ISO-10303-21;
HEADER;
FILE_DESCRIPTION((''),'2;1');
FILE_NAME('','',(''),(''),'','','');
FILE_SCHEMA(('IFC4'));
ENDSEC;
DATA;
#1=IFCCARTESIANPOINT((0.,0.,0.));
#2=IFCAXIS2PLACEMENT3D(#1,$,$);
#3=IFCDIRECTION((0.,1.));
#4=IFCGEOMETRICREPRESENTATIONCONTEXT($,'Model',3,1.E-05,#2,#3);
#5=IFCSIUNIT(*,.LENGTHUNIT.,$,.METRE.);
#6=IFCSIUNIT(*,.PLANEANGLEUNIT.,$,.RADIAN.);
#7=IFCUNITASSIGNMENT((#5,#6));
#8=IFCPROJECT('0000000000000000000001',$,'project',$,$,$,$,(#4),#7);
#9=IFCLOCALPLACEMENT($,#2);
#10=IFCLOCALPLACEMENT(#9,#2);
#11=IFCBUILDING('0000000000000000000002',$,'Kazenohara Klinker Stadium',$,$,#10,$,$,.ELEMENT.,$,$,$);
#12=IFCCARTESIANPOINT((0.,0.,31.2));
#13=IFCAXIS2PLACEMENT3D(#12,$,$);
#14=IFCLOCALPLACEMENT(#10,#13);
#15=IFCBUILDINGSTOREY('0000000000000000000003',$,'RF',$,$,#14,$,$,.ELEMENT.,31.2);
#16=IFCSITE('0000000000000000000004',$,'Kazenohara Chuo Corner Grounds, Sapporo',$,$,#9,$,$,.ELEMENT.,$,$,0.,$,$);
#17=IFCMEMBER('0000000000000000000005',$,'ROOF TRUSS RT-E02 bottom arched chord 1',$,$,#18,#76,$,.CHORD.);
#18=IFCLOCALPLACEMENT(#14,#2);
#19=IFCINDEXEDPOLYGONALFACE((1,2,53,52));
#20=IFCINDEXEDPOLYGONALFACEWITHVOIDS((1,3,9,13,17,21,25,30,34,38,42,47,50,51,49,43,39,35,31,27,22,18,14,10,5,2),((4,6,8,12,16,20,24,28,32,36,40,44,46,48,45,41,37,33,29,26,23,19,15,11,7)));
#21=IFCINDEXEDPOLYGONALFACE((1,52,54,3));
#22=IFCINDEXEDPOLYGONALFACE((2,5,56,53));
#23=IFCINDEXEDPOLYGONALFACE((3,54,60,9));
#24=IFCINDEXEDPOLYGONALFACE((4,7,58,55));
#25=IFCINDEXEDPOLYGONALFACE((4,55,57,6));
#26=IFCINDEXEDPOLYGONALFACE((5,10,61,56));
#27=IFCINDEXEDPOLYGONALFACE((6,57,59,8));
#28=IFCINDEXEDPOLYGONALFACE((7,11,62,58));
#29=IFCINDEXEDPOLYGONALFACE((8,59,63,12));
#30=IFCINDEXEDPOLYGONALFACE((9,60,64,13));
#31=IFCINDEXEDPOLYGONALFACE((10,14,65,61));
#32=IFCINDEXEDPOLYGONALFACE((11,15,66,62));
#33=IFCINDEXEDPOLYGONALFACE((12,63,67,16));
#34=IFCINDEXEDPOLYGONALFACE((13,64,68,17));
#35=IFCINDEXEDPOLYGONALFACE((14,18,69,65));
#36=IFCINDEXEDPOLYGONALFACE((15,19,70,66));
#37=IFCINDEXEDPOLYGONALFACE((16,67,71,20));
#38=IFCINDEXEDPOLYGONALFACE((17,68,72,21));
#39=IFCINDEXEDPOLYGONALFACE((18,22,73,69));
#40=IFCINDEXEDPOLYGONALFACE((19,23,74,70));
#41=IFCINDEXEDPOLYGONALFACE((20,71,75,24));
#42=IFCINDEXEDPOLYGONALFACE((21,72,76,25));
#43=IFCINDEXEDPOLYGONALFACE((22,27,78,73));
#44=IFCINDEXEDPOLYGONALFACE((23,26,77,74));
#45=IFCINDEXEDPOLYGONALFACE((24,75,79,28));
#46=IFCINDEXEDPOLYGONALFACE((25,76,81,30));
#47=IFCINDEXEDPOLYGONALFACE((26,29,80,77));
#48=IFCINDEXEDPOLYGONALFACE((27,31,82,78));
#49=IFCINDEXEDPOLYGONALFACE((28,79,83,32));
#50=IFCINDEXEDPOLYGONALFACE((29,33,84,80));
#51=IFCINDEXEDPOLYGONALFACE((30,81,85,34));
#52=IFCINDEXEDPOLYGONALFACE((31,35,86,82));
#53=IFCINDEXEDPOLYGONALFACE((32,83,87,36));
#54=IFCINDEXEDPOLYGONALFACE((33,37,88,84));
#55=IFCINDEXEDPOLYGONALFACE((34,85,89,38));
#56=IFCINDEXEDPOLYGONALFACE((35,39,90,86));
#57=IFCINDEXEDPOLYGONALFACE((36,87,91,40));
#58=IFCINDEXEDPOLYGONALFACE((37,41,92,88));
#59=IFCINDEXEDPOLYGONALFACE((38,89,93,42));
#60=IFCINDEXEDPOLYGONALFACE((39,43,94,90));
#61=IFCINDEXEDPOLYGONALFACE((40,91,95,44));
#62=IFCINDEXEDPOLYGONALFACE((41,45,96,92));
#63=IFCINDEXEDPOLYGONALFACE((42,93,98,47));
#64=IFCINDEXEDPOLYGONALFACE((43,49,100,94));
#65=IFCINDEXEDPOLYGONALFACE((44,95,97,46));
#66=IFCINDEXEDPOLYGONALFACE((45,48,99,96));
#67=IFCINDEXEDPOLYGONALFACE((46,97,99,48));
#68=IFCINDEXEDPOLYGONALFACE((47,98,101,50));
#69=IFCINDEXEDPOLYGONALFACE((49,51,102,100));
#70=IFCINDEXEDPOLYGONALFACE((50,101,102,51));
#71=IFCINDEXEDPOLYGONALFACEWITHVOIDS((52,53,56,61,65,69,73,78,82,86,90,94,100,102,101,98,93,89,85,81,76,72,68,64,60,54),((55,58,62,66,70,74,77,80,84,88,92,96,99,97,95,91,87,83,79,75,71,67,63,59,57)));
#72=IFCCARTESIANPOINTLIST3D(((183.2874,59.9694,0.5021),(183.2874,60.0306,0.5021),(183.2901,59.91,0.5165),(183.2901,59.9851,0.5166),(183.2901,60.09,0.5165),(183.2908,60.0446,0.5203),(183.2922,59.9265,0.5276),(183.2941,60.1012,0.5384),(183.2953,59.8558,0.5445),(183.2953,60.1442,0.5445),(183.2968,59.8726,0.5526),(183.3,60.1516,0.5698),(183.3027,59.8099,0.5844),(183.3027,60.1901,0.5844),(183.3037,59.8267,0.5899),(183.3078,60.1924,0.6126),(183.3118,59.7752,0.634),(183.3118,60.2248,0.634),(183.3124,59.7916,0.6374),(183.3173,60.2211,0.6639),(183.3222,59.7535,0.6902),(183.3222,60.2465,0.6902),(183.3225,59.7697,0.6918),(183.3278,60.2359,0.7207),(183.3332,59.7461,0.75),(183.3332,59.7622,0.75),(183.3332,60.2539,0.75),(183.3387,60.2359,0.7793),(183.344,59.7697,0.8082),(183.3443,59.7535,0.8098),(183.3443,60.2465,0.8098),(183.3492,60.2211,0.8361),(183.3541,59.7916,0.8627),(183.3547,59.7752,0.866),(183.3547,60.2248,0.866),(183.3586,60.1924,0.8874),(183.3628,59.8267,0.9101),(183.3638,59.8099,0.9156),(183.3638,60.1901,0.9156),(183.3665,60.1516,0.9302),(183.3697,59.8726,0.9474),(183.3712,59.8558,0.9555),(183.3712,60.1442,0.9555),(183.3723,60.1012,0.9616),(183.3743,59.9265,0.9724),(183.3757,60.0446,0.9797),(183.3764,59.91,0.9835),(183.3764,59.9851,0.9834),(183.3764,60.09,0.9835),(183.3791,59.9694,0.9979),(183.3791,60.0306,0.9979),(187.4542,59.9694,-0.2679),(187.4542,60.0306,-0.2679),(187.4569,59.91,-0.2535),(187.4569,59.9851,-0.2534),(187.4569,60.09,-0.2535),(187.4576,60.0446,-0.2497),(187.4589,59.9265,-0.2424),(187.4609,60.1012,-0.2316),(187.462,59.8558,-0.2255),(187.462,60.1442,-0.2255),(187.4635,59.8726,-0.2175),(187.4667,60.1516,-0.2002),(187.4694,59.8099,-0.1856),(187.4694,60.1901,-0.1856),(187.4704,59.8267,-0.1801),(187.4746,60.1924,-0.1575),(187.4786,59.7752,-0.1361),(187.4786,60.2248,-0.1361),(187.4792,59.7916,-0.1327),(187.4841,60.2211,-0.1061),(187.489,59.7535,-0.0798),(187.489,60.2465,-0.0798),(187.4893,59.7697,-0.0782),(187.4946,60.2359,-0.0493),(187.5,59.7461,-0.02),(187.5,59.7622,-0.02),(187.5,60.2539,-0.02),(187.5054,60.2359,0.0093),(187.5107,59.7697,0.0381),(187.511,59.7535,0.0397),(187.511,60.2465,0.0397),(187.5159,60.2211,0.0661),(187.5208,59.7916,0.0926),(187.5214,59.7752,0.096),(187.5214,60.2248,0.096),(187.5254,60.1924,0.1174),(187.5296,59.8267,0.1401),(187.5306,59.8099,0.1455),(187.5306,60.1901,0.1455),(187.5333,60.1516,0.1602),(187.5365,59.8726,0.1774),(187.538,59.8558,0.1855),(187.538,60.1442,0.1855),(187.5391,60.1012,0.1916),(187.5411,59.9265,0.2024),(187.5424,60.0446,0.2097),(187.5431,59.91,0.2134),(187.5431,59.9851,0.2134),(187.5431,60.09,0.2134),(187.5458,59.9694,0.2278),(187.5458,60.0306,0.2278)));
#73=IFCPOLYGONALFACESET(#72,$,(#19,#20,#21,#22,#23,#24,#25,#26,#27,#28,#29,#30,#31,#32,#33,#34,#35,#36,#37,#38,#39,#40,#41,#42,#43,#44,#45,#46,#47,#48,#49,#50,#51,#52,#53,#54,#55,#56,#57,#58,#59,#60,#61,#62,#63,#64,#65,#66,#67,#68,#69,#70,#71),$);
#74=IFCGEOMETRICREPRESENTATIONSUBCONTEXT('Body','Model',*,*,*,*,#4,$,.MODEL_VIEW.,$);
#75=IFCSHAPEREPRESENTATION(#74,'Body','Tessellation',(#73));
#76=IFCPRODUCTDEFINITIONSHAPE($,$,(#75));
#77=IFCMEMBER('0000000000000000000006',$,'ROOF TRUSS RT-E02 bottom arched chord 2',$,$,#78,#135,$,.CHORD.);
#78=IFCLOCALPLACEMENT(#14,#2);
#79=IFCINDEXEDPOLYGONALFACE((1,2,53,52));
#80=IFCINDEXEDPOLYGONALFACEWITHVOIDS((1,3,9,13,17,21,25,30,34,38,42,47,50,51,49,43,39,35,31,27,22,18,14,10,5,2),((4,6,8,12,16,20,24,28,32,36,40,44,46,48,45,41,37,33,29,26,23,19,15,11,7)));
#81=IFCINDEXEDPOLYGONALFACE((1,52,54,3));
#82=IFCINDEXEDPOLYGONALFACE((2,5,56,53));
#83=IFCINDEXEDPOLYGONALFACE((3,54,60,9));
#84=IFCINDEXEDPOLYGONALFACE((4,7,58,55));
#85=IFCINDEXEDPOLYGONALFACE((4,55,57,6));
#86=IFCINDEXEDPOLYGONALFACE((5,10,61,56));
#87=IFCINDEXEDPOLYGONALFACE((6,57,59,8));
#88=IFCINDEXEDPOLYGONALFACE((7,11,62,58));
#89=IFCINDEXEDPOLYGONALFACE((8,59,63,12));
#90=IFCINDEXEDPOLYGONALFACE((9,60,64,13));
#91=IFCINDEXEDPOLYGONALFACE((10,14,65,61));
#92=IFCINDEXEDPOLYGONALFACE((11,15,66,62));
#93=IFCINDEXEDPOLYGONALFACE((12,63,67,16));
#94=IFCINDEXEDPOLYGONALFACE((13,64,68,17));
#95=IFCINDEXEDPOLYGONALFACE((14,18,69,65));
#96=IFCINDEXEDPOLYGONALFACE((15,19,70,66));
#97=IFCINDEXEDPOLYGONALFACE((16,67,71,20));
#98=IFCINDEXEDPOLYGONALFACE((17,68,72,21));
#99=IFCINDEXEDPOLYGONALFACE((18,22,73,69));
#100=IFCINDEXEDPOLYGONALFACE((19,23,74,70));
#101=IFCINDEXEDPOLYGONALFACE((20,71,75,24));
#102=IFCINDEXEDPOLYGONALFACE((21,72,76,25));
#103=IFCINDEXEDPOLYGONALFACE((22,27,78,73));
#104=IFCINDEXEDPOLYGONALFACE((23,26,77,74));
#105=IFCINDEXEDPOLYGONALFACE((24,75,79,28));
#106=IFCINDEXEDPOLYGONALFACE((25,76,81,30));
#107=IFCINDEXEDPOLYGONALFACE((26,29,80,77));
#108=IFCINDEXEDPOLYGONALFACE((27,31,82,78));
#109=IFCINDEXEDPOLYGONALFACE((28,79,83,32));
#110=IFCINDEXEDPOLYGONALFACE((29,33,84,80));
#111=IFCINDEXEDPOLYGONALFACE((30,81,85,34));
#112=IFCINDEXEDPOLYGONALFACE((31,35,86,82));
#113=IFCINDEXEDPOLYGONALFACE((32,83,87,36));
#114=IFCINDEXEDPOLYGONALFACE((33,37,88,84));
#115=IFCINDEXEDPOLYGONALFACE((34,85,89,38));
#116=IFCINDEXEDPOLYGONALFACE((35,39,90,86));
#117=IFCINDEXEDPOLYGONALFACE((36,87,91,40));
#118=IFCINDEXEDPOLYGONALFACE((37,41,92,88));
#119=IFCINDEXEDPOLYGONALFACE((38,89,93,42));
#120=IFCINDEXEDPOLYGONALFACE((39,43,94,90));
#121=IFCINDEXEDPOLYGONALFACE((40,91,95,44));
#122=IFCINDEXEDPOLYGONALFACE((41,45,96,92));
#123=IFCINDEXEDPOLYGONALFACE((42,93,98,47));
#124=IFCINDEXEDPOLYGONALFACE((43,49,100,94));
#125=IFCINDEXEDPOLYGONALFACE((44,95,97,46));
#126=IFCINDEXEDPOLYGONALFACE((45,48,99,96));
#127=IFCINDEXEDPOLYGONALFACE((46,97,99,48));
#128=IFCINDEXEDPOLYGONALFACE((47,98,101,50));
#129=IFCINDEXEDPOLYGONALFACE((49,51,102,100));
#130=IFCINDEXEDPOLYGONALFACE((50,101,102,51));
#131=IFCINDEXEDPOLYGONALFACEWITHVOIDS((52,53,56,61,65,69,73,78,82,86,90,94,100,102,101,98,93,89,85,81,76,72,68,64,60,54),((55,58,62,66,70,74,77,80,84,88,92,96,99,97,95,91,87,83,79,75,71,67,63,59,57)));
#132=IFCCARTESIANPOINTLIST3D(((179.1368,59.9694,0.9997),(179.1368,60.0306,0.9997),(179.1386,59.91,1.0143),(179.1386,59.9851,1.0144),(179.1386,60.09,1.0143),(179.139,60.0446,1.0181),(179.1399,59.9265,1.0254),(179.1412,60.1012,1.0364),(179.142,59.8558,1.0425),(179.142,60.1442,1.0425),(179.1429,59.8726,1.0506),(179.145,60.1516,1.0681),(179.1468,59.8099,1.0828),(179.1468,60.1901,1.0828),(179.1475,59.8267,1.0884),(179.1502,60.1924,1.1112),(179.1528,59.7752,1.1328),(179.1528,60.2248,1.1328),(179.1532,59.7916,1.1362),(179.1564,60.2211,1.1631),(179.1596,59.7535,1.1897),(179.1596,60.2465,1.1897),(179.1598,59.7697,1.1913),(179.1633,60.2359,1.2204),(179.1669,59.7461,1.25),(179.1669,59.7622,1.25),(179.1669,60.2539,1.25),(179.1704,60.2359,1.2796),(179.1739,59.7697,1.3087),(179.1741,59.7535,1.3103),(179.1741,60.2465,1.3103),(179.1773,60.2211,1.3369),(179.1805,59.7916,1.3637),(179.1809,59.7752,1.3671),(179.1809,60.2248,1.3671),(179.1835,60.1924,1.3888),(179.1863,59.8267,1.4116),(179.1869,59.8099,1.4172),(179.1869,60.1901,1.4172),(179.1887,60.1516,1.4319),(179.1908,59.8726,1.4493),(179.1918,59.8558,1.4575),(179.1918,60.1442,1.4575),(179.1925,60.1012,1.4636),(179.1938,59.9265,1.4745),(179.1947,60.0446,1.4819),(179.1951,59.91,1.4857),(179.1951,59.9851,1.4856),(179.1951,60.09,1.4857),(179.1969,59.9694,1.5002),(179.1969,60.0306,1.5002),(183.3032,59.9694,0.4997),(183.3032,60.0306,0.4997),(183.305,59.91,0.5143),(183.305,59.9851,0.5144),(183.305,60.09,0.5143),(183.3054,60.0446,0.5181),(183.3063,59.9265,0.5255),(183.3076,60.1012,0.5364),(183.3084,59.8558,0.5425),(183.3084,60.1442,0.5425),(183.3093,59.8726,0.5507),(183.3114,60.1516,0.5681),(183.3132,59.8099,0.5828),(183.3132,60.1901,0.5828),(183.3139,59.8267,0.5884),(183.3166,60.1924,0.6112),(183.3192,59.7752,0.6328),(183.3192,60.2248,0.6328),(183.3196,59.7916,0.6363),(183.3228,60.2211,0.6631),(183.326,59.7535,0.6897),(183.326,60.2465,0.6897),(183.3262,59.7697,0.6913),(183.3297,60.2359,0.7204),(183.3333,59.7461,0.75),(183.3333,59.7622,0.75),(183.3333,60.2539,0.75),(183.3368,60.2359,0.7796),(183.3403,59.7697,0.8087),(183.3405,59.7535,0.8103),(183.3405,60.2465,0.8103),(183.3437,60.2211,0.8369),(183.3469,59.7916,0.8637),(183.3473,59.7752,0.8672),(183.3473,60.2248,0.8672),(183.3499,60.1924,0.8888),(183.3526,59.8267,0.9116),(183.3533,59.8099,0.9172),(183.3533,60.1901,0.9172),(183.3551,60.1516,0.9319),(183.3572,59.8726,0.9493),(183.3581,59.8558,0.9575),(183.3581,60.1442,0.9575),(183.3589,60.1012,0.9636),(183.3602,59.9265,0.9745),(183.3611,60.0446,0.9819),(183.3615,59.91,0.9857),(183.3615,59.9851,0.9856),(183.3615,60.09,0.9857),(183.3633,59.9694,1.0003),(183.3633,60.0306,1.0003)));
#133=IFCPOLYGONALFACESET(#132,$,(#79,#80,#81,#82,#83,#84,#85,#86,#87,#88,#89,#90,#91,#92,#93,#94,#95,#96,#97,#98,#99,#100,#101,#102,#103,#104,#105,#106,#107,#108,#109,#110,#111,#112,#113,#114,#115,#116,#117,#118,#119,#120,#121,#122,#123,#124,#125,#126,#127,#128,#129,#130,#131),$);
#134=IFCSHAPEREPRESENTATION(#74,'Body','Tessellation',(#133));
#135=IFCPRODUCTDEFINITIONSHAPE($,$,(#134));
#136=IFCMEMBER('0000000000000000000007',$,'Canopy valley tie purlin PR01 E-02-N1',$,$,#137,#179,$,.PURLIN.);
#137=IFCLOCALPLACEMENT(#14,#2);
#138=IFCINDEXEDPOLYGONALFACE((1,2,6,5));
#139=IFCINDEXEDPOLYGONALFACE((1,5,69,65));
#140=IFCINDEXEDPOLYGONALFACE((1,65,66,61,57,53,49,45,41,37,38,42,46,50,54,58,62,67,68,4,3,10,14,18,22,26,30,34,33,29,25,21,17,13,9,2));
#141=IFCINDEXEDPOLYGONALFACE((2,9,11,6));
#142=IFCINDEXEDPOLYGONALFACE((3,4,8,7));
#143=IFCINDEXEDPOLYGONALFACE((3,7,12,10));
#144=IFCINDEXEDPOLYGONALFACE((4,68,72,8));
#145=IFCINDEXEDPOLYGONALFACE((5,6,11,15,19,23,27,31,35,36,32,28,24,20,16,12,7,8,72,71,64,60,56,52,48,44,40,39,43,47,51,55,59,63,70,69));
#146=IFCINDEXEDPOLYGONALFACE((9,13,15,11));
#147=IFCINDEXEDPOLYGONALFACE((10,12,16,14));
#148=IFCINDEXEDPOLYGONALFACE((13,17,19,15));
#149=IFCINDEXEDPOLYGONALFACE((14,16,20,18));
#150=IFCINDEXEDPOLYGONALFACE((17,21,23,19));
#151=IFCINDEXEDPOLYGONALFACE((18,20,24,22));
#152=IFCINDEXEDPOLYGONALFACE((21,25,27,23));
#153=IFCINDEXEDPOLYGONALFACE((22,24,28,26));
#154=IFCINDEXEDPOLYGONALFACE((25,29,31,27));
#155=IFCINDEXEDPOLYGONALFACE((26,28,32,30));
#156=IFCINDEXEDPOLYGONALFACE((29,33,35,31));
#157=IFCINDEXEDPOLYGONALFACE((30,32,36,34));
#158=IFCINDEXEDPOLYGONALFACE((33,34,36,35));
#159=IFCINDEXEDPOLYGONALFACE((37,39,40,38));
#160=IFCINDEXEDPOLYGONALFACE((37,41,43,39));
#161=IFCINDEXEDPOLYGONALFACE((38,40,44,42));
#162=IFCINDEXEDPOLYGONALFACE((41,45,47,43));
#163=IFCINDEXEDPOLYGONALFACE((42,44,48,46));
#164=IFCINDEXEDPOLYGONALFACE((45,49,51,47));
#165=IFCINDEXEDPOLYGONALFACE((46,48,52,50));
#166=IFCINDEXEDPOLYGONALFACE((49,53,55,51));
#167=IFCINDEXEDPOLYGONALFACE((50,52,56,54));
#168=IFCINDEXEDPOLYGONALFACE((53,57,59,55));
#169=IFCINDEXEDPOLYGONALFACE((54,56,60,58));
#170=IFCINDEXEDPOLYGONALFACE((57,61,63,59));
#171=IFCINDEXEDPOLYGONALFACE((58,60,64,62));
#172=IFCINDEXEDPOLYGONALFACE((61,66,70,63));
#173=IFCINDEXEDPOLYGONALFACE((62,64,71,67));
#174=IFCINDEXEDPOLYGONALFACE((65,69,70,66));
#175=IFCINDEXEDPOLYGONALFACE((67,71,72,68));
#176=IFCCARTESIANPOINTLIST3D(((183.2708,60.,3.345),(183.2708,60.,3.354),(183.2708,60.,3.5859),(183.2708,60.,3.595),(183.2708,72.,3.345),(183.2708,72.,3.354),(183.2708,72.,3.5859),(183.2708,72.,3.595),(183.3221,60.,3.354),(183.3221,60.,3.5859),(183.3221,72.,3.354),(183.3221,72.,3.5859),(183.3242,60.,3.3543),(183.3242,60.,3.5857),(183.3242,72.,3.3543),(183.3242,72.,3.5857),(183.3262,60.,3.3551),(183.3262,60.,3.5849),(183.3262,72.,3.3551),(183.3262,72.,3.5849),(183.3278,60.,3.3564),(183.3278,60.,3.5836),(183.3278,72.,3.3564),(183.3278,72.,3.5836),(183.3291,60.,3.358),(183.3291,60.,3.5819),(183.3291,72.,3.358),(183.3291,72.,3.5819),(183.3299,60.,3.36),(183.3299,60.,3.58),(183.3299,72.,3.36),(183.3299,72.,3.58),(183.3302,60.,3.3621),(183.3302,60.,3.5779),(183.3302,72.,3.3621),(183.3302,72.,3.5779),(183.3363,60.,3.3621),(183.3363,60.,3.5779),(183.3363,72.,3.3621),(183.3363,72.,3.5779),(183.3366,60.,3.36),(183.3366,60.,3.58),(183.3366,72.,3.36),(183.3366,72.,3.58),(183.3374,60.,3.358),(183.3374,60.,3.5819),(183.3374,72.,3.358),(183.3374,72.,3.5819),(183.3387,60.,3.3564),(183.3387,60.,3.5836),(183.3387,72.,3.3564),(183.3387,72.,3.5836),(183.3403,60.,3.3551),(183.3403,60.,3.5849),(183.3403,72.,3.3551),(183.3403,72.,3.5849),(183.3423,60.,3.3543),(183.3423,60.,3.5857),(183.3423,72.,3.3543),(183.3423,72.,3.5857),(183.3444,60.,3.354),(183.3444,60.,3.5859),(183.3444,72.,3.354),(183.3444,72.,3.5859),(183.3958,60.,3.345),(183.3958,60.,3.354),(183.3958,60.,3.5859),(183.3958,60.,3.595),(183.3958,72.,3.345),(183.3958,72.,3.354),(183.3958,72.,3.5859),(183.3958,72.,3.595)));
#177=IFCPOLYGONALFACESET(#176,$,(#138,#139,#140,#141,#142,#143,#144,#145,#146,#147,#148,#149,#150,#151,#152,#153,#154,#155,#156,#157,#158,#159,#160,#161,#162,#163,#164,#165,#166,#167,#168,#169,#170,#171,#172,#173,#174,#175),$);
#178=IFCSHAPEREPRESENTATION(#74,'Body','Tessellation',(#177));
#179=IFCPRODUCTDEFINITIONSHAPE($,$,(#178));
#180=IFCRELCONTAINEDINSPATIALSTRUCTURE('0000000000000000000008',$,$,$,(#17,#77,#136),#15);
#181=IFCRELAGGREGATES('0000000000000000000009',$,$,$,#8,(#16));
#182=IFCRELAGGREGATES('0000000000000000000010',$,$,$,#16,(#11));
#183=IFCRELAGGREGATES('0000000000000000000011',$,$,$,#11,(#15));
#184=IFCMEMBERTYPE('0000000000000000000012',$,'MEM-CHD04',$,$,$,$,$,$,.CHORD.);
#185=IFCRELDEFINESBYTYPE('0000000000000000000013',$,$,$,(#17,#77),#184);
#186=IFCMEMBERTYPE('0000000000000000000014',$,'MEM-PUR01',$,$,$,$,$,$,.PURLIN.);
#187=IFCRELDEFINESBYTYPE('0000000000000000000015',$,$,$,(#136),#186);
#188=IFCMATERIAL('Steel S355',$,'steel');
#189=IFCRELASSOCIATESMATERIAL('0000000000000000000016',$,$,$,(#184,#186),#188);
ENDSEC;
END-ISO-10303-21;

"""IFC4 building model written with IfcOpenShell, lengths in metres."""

from ifc_helpers import new_model, si_unit, direction, frame, origin, origin_2d, place, context, subcontext, project, spatial, hollow_circle, i_section, extrude, material, material_profile, profile_set, type_object, element, save


model = new_model("IFC4")

# Units and contexts
model_context = context("Model", 3, precision=1e-05, world=origin(), true_north=direction((0.0, 1.0)))
body_context = subcontext(model_context, "Body", "Model", "MODEL_VIEW")
ifc_project = project(units=[si_unit("LENGTHUNIT", "METRE"), si_unit("PLANEANGLEUNIT", "RADIAN")], contexts=[model_context])

# Site, building, storey
site_placement = place(None, origin())
site = spatial("IfcSite", under=ifc_project, at=site_placement, Name="Kazenohara Chuo Corner Grounds, Sapporo", CompositionType="ELEMENT", RefElevation=0.0)
building_placement = place(site_placement, origin())
building = spatial("IfcBuilding", under=site, at=building_placement, Name="Kazenohara Klinker Stadium", CompositionType="ELEMENT")
storey_placement = place(building_placement, frame((0.0, 0.0, 31.2)))
storey = spatial("IfcBuildingStorey", under=building, at=storey_placement, Name="RF", CompositionType="ELEMENT", Elevation=31.2)

# Members
ifc_material_1 = material(Name="Steel S355", Category="steel")
ifc_material_profile_1 = material_profile(ifc_material_1, hollow_circle(Radius=0.2539, WallThickness=0.0161, at=origin_2d()), Name="CHS-508.0x16")
ifc_profile_set_1 = profile_set([ifc_material_profile_1], Name="Steel S355")
member_type_1 = type_object("IfcMemberType", Name="MEM-CHD04", PredefinedType="CHORD", material=ifc_profile_set_1)
member_1_placement = place(storey_placement, frame((187.5, 60.0, -0.02), z_axis=(-0.98335, 0.0, 0.181724), x_axis=(0.0, -1.0, 0.0)))
element("IfcMember", 1, at=member_1_placement, inside=storey, type_object=member_type_1, Name="ROOF TRUSS RT-E02 bottom arched chord 1", PredefinedType="CHORD", context=body_context, shape_type="SweptSolid", body=[
    extrude(hollow_circle(Radius=0.2539, WallThickness=0.0161, at=origin_2d()), origin(), (0.0, 0.0, 1.0), 4.2373),
])
member_2_placement = place(storey_placement, frame((183.3333, 60.0, 0.75), z_axis=(-0.992876, 0.0, 0.11915), x_axis=(0.0, -1.0, 0.0)))
element("IfcMember", 2, at=member_2_placement, inside=storey, type_object=member_type_1, Name="ROOF TRUSS RT-E02 bottom arched chord 2", PredefinedType="CHORD", context=body_context, shape_type="SweptSolid", body=[
    extrude(hollow_circle(Radius=0.2539, WallThickness=0.0161, at=origin_2d()), origin(), (0.0, 0.0, 1.0), 4.1963),
])
ifc_material_profile_2 = material_profile(ifc_material_1, i_section(OverallWidth=0.125, OverallDepth=0.25, WebThickness=0.0061, FlangeThickness=0.009, FilletRadius=0.0081, at=origin_2d()), Name="H-250x125x6x9")
ifc_profile_set_2 = profile_set([ifc_material_profile_2], Name="Steel S355")
member_type_2 = type_object("IfcMemberType", Name="MEM-PUR01", PredefinedType="PURLIN", material=ifc_profile_set_2)
member_3_placement = place(storey_placement, frame((183.3333, 60.0, 3.47), z_axis=(0.0, 1.0, 0.0), x_axis=(-1.0, 0.0, 0.0)))
element("IfcMember", 3, at=member_3_placement, inside=storey, type_object=member_type_2, Name="Canopy valley tie purlin PR01 E-02-N1", PredefinedType="PURLIN", context=body_context, shape_type="SweptSolid", body=[
    extrude(i_section(OverallWidth=0.125, OverallDepth=0.25, WebThickness=0.0061, FlangeThickness=0.009, FilletRadius=0.0081, at=origin_2d()), origin(), (0.0, 0.0, 1.0), 12.0),
])

save(model, "model.ifc")
